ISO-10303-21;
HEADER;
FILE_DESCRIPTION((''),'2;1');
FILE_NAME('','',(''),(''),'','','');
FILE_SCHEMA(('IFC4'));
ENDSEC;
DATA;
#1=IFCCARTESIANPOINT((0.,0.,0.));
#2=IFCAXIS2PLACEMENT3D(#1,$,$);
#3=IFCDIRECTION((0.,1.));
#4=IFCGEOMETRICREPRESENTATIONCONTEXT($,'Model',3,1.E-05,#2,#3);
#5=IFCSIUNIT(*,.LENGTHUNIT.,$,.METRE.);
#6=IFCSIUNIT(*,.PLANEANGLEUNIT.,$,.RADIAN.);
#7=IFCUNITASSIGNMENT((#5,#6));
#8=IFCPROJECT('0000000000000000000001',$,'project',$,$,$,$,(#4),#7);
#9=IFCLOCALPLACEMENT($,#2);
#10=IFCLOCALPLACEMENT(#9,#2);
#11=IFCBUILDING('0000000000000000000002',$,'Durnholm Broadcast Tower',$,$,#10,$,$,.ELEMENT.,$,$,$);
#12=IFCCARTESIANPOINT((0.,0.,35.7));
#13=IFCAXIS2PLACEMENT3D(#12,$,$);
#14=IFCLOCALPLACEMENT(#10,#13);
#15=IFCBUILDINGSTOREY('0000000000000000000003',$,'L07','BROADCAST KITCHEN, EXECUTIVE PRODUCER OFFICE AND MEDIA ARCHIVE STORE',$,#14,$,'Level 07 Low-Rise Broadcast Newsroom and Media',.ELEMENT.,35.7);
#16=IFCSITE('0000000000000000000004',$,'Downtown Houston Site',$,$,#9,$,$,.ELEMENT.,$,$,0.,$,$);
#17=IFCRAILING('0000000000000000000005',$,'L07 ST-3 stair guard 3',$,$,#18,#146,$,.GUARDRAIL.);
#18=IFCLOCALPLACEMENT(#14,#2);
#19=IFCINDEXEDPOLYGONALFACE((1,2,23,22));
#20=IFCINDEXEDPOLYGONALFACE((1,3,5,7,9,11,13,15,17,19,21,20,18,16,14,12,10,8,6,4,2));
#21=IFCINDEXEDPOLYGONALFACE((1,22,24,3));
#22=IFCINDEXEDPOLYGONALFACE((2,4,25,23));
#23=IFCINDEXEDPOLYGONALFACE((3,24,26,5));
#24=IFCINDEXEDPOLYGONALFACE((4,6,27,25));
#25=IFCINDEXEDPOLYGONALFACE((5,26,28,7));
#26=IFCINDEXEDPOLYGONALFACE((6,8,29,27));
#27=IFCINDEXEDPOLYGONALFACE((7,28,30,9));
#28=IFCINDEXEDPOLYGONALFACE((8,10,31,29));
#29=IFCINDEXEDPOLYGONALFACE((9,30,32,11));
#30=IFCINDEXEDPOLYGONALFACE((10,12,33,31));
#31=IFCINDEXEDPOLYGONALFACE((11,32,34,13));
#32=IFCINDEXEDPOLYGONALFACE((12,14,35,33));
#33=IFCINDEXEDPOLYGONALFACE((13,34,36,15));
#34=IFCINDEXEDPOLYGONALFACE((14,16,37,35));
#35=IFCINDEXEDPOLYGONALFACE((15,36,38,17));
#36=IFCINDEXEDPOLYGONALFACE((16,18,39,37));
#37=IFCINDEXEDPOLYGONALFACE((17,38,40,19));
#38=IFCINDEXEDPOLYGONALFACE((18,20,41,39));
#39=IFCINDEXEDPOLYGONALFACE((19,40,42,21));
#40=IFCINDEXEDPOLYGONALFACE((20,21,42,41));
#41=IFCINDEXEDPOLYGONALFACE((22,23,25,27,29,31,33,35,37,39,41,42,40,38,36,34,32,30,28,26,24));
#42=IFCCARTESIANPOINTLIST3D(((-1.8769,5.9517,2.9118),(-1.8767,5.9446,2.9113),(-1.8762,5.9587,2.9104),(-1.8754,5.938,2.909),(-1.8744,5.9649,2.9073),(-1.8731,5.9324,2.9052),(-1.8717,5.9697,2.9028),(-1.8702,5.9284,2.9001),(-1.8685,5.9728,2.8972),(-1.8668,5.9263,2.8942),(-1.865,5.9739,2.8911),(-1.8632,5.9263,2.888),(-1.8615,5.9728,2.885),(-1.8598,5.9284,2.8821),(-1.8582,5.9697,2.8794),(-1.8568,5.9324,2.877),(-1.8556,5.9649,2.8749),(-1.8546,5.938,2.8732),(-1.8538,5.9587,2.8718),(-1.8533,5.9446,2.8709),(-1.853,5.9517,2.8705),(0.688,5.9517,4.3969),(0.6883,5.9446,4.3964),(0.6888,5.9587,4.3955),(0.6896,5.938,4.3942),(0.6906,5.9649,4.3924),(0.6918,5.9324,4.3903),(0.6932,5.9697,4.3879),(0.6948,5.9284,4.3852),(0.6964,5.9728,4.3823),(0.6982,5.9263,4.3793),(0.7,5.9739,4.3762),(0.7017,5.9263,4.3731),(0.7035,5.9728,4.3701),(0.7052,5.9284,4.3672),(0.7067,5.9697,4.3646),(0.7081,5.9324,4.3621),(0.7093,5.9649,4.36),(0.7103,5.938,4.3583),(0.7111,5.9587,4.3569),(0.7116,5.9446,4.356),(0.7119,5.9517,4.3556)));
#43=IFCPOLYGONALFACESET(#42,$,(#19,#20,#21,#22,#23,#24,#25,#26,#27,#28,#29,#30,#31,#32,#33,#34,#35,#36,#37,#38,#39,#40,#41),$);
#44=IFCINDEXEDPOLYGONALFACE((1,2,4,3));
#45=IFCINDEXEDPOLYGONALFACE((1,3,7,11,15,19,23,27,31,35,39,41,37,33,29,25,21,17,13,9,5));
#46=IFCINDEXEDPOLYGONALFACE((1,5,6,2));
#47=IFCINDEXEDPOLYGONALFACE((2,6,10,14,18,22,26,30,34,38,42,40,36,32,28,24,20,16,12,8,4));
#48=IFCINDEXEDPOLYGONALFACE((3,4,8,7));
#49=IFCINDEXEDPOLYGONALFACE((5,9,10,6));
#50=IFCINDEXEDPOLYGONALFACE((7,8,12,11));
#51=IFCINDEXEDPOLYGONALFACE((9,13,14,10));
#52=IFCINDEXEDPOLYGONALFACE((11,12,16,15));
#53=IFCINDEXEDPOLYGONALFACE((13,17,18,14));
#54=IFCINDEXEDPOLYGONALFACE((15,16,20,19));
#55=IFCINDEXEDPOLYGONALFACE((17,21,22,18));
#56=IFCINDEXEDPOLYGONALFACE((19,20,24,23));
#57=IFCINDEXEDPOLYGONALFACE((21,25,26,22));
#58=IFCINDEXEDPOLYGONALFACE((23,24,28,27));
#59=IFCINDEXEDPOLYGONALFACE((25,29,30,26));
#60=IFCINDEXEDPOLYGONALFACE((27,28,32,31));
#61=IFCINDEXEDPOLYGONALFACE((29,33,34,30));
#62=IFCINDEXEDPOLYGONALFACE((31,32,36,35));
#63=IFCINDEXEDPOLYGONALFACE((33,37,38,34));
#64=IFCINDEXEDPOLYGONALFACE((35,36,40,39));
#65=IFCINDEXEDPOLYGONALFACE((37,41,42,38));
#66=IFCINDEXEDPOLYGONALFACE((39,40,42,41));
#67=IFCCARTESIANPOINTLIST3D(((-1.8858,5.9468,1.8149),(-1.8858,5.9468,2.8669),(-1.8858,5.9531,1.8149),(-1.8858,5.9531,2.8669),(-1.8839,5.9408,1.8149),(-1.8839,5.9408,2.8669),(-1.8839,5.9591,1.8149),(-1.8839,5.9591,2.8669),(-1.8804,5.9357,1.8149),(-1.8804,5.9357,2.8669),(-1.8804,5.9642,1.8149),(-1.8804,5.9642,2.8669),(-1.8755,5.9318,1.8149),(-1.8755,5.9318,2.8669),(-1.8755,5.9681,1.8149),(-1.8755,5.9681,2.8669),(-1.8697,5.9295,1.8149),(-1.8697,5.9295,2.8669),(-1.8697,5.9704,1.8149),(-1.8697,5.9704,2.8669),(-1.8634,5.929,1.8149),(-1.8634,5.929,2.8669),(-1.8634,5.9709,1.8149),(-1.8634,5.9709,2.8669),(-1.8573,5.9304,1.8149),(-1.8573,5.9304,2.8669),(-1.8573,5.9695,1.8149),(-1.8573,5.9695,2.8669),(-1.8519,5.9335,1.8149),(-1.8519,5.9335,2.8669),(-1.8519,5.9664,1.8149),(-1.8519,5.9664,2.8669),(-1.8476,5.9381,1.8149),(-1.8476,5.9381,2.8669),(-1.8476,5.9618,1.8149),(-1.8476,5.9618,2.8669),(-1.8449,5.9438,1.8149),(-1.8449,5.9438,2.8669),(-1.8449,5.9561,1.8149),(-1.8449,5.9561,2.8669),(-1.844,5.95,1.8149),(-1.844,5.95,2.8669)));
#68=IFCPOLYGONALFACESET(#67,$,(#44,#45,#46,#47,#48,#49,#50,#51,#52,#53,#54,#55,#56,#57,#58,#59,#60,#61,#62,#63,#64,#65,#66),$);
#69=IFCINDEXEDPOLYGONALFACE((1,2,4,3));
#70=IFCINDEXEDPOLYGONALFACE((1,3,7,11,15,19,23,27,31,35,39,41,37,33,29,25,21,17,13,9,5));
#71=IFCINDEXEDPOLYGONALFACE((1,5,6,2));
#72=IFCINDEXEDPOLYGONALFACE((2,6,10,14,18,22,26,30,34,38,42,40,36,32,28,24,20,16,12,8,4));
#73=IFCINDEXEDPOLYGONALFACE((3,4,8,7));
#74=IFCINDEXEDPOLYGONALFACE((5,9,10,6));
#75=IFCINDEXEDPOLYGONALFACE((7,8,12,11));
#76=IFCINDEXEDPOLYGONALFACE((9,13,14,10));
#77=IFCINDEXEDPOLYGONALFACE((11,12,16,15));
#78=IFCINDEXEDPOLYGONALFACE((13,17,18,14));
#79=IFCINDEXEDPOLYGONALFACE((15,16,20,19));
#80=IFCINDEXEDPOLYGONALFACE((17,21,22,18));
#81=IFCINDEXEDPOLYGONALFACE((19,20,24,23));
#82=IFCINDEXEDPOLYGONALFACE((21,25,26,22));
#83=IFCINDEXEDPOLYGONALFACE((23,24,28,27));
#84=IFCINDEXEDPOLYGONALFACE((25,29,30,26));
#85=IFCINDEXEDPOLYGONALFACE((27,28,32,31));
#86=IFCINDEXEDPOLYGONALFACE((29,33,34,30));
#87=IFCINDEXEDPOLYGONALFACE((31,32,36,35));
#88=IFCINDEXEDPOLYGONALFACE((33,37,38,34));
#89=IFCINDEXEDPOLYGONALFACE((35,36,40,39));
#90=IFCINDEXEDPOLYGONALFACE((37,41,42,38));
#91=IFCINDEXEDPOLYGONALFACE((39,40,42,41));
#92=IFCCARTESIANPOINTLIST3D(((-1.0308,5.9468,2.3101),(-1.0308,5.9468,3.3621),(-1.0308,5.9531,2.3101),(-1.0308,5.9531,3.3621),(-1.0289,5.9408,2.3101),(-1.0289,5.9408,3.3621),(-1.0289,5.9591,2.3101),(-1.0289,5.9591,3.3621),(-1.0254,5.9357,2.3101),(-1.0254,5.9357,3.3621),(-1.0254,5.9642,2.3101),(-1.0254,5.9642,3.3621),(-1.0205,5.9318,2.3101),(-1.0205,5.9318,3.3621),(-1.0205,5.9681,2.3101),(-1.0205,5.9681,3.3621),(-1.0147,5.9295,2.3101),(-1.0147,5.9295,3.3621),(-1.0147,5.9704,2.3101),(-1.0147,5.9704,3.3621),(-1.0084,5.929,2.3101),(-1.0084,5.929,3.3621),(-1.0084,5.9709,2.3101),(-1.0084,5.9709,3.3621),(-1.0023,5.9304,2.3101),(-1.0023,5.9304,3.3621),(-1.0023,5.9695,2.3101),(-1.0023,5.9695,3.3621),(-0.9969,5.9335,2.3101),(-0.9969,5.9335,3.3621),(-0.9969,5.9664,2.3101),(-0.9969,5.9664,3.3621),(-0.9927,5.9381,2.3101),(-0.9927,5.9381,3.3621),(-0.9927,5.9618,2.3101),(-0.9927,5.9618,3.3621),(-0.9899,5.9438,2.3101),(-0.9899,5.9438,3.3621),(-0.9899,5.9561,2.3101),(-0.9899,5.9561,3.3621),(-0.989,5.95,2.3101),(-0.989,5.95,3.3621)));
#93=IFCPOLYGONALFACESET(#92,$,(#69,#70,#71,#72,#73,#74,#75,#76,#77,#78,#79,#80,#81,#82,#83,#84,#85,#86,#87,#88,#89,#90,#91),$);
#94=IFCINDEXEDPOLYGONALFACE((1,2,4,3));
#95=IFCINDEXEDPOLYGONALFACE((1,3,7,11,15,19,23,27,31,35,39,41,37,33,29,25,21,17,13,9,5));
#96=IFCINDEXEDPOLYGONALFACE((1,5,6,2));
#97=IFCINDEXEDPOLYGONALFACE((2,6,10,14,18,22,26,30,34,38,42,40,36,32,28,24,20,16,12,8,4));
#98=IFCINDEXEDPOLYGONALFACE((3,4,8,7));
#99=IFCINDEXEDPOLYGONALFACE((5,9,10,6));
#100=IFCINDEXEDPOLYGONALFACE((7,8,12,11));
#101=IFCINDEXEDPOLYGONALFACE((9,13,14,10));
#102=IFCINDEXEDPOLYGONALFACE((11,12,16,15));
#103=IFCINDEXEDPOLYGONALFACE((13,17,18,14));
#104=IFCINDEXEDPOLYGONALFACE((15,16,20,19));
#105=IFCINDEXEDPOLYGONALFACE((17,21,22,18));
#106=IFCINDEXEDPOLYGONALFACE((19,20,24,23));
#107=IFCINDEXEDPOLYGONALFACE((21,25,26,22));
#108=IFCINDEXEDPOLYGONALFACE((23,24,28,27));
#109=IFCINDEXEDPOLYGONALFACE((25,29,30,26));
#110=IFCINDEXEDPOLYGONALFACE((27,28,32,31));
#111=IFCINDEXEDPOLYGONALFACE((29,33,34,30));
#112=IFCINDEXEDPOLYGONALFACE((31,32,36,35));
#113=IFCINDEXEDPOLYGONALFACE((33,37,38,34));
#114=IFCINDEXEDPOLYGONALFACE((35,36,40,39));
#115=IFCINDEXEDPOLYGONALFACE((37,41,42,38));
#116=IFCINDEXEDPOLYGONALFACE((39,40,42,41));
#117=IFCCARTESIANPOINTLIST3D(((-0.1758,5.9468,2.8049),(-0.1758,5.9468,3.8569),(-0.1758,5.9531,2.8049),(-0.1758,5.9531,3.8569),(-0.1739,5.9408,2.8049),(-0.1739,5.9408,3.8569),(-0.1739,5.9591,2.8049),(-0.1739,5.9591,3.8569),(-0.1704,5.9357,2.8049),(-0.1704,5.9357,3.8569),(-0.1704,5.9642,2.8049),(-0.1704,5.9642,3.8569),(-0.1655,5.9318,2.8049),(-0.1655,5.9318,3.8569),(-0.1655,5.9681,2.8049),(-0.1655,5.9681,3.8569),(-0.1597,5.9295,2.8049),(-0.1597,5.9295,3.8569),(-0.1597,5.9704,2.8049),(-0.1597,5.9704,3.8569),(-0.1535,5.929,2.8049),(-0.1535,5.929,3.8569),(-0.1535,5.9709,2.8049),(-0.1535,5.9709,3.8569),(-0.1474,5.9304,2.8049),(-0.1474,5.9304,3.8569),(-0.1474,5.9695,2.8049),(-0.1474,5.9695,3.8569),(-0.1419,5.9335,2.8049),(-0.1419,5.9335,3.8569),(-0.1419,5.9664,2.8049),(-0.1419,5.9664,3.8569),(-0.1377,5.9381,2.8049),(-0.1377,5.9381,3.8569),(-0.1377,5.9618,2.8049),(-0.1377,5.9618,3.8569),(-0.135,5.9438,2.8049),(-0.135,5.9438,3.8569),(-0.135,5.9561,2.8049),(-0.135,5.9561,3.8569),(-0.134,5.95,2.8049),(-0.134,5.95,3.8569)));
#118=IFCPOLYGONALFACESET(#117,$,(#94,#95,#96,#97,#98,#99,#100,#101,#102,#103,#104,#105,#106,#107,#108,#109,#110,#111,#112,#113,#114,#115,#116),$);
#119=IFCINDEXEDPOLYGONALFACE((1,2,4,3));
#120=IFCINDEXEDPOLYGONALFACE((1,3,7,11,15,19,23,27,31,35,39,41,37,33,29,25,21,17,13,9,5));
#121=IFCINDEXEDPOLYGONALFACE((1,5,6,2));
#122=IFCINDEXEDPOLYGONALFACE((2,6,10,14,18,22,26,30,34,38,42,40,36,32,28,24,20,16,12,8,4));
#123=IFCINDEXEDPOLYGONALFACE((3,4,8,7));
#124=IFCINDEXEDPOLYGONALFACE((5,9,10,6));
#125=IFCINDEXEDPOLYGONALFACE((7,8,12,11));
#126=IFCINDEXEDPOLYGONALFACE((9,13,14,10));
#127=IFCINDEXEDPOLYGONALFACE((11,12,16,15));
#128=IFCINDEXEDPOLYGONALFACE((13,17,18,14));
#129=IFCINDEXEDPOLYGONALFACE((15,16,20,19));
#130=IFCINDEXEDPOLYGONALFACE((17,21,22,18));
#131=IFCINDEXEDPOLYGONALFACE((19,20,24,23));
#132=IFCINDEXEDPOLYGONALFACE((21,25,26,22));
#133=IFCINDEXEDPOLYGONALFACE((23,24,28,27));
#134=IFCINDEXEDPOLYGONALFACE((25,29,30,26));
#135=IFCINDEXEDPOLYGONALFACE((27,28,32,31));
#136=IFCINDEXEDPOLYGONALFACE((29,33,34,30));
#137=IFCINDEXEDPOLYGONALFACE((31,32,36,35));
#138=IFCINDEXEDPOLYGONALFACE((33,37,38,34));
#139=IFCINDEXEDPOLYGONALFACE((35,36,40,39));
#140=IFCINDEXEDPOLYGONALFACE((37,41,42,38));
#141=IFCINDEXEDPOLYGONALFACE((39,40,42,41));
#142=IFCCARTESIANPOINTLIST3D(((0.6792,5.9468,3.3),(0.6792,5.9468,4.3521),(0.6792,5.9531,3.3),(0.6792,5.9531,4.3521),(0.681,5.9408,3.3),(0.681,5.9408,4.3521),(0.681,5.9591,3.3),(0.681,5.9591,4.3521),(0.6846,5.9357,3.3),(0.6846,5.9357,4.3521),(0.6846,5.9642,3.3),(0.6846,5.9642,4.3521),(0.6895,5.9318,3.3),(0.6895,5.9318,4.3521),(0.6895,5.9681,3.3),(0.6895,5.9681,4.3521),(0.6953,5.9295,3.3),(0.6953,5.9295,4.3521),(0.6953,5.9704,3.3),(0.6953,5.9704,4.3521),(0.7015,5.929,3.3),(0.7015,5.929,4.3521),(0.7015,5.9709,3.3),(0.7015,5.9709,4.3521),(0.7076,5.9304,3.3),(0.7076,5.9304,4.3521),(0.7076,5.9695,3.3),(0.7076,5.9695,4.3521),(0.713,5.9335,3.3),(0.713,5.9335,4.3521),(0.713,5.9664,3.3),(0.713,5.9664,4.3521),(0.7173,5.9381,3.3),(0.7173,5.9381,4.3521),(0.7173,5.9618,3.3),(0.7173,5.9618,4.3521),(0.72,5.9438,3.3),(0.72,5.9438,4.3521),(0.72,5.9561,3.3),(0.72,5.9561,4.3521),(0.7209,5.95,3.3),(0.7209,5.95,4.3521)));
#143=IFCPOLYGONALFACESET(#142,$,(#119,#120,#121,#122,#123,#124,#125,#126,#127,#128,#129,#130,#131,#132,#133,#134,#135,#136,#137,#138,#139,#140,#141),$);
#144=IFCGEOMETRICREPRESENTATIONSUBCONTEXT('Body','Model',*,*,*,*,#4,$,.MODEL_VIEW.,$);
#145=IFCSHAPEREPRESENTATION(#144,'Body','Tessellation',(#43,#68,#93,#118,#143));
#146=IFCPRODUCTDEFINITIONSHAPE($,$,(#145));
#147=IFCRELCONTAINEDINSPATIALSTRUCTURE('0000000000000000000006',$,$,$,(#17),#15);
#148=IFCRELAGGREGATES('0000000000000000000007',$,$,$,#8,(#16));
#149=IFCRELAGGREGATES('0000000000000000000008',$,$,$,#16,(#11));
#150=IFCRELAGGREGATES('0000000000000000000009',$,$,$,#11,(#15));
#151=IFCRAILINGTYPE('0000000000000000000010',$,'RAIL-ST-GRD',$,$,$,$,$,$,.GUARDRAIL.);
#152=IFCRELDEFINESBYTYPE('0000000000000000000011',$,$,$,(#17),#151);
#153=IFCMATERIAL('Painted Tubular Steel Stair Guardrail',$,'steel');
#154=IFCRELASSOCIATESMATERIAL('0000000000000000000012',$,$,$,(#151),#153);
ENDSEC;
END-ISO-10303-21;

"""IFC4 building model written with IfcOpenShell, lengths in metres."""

from ifc_helpers import new_model, si_unit, direction, frame, origin, origin_2d, place, context, subcontext, project, spatial, circle, extrude, material, type_object, element, save


model = new_model("IFC4")

# Units and contexts
model_context = context("Model", 3, precision=1e-05, world=origin(), true_north=direction((0.0, 1.0)))
body_context = subcontext(model_context, "Body", "Model", "MODEL_VIEW")
ifc_project = project(units=[si_unit("LENGTHUNIT", "METRE"), si_unit("PLANEANGLEUNIT", "RADIAN")], contexts=[model_context])

# Site, building, storey
site_placement = place(None, origin())
site = spatial("IfcSite", under=ifc_project, at=site_placement, Name="Downtown Houston Site", CompositionType="ELEMENT", RefElevation=0.0)
building_placement = place(site_placement, origin())
building = spatial("IfcBuilding", under=site, at=building_placement, Name="Durnholm Broadcast Tower", CompositionType="ELEMENT")
storey_placement = place(building_placement, frame((0.0, 0.0, 35.7)))
storey = spatial("IfcBuildingStorey", under=building, at=storey_placement, Name="L07", Description="BROADCAST KITCHEN, EXECUTIVE PRODUCER OFFICE AND MEDIA ARCHIVE STORE", LongName="Level 07 Low-Rise Broadcast Newsroom and Media", CompositionType="ELEMENT", Elevation=35.7)

# Railing
ifc_material_1 = material(Name="Painted Tubular Steel Stair Guardrail", Category="steel")
railing_type = type_object("IfcRailingType", Name="RAIL-ST-GRD", PredefinedType="GUARDRAIL", material=ifc_material_1)
railing_1_placement = place(storey_placement, frame((-1.865, 5.95, 1.8149)))
element("IfcRailing", 1, at=railing_1_placement, inside=storey, type_object=railing_type, Name="L07 ST-3 stair guard 3", PredefinedType="GUARDRAIL", context=body_context, shape_type="SweptSolid", body=[
    extrude(circle(Radius=0.0239, at=origin_2d()), frame((0.0, 0.0, 1.0762), z_axis=(0.865406, 0.0, 0.501072), x_axis=(0.0, 1.0, 0.0)), (0.0, 0.0, 1.0), 2.9639),
    extrude(circle(Radius=0.021, at=origin_2d()), origin(), (0.0, 0.0, 1.0), 1.052),
    extrude(circle(Radius=0.021, at=origin_2d()), frame((0.855, 0.0, 0.4951)), (0.0, 0.0, 1.0), 1.052),
    extrude(circle(Radius=0.021, at=origin_2d()), frame((1.71, 0.0, 0.99)), (0.0, 0.0, 1.0), 1.052),
    extrude(circle(Radius=0.021, at=origin_2d()), frame((2.5649, 0.0, 1.4851)), (0.0, 0.0, 1.0), 1.052),
])

save(model, "model.ifc")
